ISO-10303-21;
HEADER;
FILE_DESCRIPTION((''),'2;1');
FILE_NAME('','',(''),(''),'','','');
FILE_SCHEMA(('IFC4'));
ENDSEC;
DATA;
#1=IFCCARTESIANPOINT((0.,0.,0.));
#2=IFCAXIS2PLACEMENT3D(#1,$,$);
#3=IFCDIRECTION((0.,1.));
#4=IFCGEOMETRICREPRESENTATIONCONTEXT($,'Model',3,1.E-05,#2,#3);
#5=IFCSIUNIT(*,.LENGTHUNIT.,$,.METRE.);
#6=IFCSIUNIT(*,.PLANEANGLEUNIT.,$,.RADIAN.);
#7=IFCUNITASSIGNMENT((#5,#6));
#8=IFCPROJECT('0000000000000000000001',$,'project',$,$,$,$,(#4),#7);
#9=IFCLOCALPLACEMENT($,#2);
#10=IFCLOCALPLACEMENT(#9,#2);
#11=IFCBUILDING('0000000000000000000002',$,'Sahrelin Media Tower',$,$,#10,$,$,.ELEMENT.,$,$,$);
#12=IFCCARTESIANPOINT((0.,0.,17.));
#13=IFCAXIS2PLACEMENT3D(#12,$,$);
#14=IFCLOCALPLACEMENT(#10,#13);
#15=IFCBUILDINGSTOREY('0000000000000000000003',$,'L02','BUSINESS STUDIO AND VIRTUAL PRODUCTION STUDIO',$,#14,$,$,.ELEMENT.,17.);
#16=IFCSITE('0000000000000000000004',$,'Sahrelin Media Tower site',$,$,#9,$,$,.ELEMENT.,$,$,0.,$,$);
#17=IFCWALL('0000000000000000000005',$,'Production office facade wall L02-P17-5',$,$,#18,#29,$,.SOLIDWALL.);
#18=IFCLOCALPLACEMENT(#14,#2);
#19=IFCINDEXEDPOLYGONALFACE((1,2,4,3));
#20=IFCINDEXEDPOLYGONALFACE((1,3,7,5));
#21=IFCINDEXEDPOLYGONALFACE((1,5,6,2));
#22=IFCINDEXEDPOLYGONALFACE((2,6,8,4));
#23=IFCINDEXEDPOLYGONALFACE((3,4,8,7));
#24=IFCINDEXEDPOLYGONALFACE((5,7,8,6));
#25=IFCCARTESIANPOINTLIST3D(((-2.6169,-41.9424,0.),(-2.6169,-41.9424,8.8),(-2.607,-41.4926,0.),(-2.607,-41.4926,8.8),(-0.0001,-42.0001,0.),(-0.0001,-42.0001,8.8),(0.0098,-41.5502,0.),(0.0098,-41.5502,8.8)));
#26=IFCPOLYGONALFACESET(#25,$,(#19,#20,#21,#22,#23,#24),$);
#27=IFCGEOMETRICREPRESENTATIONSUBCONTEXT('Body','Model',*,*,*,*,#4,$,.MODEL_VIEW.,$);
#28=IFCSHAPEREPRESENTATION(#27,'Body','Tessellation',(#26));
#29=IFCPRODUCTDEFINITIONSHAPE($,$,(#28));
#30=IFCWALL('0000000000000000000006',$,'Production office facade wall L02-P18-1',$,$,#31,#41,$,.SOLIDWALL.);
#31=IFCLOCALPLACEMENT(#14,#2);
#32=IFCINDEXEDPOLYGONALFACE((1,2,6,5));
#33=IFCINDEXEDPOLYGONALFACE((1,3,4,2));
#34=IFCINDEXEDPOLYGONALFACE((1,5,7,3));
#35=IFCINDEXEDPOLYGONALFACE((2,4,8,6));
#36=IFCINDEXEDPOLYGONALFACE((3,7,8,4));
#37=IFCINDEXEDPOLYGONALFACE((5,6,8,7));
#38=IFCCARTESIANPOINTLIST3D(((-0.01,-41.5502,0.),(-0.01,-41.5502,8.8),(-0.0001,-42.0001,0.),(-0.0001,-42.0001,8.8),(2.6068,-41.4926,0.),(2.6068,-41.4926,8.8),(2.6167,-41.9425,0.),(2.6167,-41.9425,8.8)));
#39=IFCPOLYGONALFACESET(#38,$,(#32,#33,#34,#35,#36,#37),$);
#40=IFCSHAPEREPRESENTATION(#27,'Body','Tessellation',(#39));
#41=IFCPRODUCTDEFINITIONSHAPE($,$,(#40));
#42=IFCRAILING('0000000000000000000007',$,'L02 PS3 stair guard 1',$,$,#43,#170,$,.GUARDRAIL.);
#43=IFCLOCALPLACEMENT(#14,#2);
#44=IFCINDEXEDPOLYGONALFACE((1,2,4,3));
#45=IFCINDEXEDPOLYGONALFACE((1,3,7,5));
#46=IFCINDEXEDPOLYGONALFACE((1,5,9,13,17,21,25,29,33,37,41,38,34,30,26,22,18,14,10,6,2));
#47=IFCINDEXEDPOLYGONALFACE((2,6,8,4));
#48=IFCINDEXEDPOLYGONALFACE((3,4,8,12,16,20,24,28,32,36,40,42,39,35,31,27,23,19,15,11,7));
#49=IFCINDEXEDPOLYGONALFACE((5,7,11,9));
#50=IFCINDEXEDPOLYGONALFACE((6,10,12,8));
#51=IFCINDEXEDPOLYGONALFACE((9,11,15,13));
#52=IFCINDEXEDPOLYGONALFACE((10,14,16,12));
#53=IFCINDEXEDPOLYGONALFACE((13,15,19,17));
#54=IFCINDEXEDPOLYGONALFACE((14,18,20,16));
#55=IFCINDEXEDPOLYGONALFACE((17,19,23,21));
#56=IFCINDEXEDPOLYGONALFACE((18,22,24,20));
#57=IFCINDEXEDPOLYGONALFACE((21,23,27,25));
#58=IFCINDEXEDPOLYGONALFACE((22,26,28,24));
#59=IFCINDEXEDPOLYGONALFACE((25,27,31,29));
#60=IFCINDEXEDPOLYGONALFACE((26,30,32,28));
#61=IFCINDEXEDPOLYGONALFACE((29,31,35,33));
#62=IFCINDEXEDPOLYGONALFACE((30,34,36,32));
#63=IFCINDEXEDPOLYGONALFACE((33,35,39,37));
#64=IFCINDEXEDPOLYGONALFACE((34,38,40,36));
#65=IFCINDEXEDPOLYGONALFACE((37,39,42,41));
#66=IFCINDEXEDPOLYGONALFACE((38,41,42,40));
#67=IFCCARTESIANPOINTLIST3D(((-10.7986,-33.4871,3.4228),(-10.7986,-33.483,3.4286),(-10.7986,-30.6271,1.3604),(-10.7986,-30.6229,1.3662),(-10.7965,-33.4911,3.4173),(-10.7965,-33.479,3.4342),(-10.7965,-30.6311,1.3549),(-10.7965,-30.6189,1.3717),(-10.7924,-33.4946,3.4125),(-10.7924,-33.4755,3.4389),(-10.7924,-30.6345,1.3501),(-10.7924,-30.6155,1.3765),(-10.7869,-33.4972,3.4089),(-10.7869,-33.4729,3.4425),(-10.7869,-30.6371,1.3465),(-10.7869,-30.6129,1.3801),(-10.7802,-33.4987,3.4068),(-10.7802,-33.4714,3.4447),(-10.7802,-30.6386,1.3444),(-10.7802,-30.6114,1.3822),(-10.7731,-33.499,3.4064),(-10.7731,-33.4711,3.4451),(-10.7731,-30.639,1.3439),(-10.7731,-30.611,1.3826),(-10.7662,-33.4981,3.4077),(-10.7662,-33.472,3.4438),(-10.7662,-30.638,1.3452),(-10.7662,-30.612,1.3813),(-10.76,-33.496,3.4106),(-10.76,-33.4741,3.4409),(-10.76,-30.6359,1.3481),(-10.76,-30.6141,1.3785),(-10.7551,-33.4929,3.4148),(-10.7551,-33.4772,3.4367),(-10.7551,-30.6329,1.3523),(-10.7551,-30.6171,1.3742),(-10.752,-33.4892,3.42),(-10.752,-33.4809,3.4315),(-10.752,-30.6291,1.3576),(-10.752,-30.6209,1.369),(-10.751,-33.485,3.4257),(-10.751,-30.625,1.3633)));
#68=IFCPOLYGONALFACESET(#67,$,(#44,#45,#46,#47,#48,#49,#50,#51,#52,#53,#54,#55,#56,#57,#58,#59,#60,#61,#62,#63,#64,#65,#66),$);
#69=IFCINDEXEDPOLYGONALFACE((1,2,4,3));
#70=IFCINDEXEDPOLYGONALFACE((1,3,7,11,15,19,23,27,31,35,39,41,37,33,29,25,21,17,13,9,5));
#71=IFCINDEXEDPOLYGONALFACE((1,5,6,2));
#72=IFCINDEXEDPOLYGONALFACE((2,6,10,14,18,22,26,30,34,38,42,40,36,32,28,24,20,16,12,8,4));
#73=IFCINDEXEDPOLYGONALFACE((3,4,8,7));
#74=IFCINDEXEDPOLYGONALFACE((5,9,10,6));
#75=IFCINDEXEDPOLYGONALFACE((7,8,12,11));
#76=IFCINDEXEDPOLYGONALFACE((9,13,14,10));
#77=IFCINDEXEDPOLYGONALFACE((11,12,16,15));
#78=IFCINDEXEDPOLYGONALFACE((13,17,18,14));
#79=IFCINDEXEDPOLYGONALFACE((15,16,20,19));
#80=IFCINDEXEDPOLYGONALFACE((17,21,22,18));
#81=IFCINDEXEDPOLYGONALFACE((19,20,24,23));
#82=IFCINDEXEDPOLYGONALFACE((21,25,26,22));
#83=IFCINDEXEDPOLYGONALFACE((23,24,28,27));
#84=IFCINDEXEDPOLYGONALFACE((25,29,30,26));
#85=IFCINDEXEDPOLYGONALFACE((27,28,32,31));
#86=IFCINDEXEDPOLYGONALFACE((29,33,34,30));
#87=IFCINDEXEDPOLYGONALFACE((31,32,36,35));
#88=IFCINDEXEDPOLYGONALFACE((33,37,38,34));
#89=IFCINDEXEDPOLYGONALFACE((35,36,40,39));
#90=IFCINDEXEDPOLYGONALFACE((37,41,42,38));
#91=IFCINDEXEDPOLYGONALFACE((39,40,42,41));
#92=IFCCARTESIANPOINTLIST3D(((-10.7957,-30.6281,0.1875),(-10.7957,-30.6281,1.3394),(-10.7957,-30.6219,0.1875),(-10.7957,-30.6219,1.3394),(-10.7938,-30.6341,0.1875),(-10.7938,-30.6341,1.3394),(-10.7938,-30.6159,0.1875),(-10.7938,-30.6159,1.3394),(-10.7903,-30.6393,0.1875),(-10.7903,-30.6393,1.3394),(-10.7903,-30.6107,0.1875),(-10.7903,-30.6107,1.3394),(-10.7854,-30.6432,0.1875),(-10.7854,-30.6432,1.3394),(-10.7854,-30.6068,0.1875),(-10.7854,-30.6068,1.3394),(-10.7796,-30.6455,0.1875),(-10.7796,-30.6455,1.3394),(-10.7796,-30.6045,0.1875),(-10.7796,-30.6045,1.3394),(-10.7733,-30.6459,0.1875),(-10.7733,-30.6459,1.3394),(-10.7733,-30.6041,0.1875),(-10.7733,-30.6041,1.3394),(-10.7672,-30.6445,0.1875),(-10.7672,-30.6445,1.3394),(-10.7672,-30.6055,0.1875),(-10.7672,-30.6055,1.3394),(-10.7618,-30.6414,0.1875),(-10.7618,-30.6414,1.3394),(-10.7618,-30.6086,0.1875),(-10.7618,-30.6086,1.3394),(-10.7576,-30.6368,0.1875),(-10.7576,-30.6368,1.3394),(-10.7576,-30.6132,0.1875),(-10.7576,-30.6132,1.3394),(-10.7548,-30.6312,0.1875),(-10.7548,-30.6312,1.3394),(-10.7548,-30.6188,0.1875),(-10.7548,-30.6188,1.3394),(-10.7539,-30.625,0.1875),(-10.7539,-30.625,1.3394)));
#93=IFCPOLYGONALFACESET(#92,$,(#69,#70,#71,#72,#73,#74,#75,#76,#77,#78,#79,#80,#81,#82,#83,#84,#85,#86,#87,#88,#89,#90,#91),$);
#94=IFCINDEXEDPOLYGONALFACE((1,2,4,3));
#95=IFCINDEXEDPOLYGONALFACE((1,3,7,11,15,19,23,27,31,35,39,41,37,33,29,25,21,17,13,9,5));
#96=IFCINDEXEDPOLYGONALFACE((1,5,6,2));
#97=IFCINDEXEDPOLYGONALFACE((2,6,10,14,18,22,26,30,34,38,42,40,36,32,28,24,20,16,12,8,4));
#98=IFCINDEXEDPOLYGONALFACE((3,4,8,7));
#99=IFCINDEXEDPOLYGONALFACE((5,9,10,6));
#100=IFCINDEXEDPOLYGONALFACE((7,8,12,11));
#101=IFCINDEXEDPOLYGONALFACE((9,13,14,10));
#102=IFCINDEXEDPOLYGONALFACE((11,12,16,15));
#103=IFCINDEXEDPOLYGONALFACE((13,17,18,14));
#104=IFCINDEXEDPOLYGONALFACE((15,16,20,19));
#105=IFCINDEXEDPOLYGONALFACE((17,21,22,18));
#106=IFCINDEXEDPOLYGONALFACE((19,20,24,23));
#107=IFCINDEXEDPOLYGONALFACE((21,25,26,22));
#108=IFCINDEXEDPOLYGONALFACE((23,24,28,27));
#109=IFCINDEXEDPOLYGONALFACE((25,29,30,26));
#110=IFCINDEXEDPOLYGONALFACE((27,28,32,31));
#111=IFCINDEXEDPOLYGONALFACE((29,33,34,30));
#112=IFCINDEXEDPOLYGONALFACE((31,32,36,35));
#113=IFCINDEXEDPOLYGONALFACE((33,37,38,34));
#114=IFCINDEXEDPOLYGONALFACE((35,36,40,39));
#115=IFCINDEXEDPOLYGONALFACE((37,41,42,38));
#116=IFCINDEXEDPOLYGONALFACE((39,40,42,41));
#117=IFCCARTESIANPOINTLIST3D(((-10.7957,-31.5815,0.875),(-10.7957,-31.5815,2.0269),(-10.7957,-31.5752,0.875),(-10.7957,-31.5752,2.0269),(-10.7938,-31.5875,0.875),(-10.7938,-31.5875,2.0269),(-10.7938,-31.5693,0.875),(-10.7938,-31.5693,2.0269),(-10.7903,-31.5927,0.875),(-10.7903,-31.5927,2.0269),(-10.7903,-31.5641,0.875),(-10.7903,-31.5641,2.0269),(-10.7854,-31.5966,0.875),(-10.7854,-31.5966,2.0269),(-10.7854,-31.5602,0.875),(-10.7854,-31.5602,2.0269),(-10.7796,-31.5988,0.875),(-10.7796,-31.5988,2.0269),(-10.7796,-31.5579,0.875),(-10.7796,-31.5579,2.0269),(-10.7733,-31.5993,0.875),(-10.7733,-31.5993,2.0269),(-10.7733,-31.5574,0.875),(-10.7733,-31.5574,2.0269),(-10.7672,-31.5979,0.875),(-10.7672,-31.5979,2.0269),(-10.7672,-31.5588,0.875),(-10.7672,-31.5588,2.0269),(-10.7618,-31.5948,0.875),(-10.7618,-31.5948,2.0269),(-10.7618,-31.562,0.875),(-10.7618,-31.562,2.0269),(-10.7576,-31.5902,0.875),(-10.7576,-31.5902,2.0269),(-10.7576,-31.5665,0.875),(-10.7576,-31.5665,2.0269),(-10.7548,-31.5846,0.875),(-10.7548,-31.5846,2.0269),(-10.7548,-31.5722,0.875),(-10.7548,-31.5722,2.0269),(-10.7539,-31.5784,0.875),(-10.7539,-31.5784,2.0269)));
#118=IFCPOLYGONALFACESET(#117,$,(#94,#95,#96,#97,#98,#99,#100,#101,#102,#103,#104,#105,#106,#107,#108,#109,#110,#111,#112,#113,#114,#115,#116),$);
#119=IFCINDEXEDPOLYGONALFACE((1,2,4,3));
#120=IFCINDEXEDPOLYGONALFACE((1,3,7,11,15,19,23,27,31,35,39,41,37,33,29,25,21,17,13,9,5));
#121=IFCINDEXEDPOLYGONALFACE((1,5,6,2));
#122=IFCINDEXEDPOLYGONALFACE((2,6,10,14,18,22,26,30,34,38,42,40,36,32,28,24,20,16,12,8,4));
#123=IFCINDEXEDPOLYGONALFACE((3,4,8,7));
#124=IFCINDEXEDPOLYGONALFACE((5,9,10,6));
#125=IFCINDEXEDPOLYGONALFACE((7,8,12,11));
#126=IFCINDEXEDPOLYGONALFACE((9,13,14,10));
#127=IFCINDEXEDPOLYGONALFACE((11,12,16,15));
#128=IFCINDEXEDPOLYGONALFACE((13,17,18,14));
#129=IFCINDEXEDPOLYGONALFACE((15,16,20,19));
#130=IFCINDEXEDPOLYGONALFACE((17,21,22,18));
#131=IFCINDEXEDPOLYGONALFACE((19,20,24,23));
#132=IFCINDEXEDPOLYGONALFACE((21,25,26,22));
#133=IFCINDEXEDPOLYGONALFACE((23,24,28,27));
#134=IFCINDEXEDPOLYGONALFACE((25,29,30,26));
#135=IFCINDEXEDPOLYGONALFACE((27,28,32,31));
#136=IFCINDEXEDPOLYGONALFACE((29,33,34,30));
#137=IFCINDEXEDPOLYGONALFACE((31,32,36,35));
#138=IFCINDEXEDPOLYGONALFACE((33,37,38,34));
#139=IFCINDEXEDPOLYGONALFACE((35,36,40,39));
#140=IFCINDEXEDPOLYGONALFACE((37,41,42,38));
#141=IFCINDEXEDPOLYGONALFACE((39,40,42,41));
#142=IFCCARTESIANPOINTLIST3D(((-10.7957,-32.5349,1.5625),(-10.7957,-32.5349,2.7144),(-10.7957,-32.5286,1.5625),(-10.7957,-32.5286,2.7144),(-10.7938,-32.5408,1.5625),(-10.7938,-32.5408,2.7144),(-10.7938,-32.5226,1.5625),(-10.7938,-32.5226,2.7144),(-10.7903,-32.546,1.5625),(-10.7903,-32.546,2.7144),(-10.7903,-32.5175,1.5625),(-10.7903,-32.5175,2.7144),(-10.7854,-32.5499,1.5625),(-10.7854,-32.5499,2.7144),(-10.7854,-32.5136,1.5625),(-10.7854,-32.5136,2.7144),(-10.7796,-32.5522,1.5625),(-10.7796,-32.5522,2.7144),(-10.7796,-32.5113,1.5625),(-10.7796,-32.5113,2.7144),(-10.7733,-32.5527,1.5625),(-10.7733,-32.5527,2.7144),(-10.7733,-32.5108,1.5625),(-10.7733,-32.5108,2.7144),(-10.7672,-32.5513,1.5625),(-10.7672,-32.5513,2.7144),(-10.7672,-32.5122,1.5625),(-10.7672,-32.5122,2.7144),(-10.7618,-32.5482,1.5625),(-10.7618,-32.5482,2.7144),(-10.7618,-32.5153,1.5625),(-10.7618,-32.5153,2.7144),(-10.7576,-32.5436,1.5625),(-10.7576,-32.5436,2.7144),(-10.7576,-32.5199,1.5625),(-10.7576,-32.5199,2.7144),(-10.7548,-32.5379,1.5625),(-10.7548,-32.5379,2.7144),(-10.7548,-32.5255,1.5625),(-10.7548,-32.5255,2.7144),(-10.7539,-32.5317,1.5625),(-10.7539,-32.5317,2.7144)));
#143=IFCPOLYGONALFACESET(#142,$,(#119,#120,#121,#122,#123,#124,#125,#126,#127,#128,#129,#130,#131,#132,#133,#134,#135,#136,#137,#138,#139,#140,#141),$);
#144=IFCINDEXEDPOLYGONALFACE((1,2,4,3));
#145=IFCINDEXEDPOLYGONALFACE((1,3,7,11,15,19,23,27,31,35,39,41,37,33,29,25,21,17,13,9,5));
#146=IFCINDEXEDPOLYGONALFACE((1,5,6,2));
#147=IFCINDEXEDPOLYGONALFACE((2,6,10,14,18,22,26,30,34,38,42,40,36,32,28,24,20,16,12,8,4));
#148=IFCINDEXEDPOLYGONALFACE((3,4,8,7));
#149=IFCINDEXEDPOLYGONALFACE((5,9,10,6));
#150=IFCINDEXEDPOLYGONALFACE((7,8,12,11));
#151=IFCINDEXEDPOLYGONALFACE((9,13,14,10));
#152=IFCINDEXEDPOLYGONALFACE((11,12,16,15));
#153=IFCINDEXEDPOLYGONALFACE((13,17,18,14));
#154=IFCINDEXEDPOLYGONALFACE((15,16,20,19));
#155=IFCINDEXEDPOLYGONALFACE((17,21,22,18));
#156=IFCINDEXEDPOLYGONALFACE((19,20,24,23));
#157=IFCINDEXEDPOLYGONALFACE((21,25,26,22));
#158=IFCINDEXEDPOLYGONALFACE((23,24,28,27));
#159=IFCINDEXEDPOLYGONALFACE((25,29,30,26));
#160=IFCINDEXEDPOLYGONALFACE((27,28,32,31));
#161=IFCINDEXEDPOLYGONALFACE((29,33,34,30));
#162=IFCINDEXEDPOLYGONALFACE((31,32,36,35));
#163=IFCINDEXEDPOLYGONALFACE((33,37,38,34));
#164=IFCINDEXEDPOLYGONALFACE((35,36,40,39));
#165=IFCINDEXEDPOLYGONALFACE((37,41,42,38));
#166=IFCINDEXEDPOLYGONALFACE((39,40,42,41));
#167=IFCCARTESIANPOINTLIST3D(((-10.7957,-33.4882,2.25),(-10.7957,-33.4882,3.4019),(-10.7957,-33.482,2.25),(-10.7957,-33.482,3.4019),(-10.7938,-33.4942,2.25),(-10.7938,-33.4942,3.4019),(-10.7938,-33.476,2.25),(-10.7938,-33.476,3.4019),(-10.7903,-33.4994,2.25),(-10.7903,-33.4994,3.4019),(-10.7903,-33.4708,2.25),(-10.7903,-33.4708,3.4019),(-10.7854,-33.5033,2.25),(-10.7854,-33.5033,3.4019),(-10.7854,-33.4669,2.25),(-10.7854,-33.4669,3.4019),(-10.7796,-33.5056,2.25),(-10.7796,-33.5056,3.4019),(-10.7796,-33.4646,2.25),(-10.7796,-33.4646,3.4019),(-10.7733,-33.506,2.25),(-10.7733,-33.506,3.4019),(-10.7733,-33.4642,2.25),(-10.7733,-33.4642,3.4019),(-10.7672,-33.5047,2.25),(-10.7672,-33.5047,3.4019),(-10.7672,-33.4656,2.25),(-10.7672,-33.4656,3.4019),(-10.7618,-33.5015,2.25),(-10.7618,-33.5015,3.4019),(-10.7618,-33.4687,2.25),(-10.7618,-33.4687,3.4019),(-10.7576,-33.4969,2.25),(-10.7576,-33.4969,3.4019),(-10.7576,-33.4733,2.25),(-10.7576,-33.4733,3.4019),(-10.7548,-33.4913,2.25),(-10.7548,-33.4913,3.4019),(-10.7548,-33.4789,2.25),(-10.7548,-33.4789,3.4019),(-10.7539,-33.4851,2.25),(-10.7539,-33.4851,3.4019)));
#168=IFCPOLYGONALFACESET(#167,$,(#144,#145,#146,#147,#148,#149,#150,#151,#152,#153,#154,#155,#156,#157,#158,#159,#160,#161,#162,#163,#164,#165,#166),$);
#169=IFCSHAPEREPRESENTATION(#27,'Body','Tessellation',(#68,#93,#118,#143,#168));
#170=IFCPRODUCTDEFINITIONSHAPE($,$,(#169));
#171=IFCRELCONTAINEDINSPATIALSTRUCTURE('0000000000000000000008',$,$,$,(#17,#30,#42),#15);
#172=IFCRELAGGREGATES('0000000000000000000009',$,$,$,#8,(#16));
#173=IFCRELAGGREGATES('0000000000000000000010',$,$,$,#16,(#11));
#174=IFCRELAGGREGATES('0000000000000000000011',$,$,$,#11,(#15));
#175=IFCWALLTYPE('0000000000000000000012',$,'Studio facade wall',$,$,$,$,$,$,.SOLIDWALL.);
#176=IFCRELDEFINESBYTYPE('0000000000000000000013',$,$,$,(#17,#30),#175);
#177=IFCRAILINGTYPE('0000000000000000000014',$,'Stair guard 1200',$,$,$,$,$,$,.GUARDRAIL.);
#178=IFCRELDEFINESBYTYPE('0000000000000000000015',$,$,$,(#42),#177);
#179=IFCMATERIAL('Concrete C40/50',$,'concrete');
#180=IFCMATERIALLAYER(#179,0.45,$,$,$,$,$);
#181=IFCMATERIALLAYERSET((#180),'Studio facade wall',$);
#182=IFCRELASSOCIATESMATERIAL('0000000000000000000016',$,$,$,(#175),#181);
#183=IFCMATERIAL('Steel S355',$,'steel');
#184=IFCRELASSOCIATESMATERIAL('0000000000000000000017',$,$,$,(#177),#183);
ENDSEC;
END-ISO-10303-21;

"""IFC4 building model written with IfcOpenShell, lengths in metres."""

from ifc_helpers import new_model, si_unit, direction, frame, frame_2d, origin, origin_2d, place, context, subcontext, project, spatial, rectangle, circle, extrude, material, layer, layer_set, type_object, element, save


model = new_model("IFC4")

# Units and contexts
model_context = context("Model", 3, precision=1e-05, world=origin(), true_north=direction((0.0, 1.0)))
body_context = subcontext(model_context, "Body", "Model", "MODEL_VIEW")
ifc_project = project(units=[si_unit("LENGTHUNIT", "METRE"), si_unit("PLANEANGLEUNIT", "RADIAN")], contexts=[model_context])

# Site, building, storey
site_placement = place(None, origin())
site = spatial("IfcSite", under=ifc_project, at=site_placement, Name="Sahrelin Media Tower site", CompositionType="ELEMENT", RefElevation=0.0)
building_placement = place(site_placement, origin())
building = spatial("IfcBuilding", under=site, at=building_placement, Name="Sahrelin Media Tower", CompositionType="ELEMENT")
storey_placement = place(building_placement, frame((0.0, 0.0, 17.0)))
storey = spatial("IfcBuildingStorey", under=building, at=storey_placement, Name="L02", Description="BUSINESS STUDIO AND VIRTUAL PRODUCTION STUDIO", CompositionType="ELEMENT", Elevation=17.0)

# Shared definitions
ifc_material_1 = material(Name="Steel S355", Category="steel")

# Shared definitions
ifc_material_2 = material(Name="Concrete C40/50", Category="concrete")
ifc_layer_1 = layer(ifc_material_2, 0.45)
ifc_layer_set_1 = layer_set([ifc_layer_1], Name="Studio facade wall")
wall_type_1 = type_object("IfcWallType", Name="Studio facade wall", PredefinedType="SOLIDWALL", material=ifc_layer_set_1)

# Walls
for number, where, z_axis, x_axis, name in (
    (1, (-2.6118, -41.7175, 0.0), (0.0, 0.0, 1.0), (0.999758, -0.022014, 0.0), "Production office facade wall L02-P17-5"),
    (2, (-0.0049, -41.7751, 0.0), (0.0, 0.0, 1.0), (0.999758, 0.022014, 0.0), "Production office facade wall L02-P18-1"),
):
    element("IfcWall", number, at=place(storey_placement, frame(where, z_axis=z_axis, x_axis=x_axis)), inside=storey, type_object=wall_type_1, Name=name, PredefinedType="SOLIDWALL", context=body_context, shape_type="SweptSolid", body=[
        extrude(rectangle(XDim=2.6174, YDim=0.45, at=frame_2d((1.3086, 0.0))), origin(), (0.0, 0.0, 1.0), 8.8),
    ])

# Railing
railing_type_1 = type_object("IfcRailingType", Name="Stair guard 1200", PredefinedType="GUARDRAIL", material=ifc_material_1)
railing_1_placement = place(storey_placement, frame((-10.7749, -30.625, 0.1875)))
element("IfcRailing", 3, at=railing_1_placement, inside=storey, type_object=railing_type_1, Name="L02 PS3 stair guard 1", PredefinedType="GUARDRAIL", context=body_context, shape_type="SweptSolid", body=[
    extrude(circle(Radius=0.0239, at=origin_2d()), frame((0.0, 0.0, 1.1758), z_axis=(0.0, -0.811101, 0.584906), x_axis=(1.0, 0.0, 0.0)), (0.0, 0.0, 1.0), 3.5261),
    extrude(circle(Radius=0.021, at=origin_2d()), origin(), (0.0, 0.0, 1.0), 1.1519),
    extrude(circle(Radius=0.021, at=origin_2d()), frame((0.0, -0.9534, 0.6875)), (0.0, 0.0, 1.0), 1.1519),
    extrude(circle(Radius=0.021, at=origin_2d()), frame((0.0, -1.9067, 1.375)), (0.0, 0.0, 1.0), 1.1519),
    extrude(circle(Radius=0.021, at=origin_2d()), frame((0.0, -2.8601, 2.0625)), (0.0, 0.0, 1.0), 1.1519),
])

save(model, "model.ifc")
